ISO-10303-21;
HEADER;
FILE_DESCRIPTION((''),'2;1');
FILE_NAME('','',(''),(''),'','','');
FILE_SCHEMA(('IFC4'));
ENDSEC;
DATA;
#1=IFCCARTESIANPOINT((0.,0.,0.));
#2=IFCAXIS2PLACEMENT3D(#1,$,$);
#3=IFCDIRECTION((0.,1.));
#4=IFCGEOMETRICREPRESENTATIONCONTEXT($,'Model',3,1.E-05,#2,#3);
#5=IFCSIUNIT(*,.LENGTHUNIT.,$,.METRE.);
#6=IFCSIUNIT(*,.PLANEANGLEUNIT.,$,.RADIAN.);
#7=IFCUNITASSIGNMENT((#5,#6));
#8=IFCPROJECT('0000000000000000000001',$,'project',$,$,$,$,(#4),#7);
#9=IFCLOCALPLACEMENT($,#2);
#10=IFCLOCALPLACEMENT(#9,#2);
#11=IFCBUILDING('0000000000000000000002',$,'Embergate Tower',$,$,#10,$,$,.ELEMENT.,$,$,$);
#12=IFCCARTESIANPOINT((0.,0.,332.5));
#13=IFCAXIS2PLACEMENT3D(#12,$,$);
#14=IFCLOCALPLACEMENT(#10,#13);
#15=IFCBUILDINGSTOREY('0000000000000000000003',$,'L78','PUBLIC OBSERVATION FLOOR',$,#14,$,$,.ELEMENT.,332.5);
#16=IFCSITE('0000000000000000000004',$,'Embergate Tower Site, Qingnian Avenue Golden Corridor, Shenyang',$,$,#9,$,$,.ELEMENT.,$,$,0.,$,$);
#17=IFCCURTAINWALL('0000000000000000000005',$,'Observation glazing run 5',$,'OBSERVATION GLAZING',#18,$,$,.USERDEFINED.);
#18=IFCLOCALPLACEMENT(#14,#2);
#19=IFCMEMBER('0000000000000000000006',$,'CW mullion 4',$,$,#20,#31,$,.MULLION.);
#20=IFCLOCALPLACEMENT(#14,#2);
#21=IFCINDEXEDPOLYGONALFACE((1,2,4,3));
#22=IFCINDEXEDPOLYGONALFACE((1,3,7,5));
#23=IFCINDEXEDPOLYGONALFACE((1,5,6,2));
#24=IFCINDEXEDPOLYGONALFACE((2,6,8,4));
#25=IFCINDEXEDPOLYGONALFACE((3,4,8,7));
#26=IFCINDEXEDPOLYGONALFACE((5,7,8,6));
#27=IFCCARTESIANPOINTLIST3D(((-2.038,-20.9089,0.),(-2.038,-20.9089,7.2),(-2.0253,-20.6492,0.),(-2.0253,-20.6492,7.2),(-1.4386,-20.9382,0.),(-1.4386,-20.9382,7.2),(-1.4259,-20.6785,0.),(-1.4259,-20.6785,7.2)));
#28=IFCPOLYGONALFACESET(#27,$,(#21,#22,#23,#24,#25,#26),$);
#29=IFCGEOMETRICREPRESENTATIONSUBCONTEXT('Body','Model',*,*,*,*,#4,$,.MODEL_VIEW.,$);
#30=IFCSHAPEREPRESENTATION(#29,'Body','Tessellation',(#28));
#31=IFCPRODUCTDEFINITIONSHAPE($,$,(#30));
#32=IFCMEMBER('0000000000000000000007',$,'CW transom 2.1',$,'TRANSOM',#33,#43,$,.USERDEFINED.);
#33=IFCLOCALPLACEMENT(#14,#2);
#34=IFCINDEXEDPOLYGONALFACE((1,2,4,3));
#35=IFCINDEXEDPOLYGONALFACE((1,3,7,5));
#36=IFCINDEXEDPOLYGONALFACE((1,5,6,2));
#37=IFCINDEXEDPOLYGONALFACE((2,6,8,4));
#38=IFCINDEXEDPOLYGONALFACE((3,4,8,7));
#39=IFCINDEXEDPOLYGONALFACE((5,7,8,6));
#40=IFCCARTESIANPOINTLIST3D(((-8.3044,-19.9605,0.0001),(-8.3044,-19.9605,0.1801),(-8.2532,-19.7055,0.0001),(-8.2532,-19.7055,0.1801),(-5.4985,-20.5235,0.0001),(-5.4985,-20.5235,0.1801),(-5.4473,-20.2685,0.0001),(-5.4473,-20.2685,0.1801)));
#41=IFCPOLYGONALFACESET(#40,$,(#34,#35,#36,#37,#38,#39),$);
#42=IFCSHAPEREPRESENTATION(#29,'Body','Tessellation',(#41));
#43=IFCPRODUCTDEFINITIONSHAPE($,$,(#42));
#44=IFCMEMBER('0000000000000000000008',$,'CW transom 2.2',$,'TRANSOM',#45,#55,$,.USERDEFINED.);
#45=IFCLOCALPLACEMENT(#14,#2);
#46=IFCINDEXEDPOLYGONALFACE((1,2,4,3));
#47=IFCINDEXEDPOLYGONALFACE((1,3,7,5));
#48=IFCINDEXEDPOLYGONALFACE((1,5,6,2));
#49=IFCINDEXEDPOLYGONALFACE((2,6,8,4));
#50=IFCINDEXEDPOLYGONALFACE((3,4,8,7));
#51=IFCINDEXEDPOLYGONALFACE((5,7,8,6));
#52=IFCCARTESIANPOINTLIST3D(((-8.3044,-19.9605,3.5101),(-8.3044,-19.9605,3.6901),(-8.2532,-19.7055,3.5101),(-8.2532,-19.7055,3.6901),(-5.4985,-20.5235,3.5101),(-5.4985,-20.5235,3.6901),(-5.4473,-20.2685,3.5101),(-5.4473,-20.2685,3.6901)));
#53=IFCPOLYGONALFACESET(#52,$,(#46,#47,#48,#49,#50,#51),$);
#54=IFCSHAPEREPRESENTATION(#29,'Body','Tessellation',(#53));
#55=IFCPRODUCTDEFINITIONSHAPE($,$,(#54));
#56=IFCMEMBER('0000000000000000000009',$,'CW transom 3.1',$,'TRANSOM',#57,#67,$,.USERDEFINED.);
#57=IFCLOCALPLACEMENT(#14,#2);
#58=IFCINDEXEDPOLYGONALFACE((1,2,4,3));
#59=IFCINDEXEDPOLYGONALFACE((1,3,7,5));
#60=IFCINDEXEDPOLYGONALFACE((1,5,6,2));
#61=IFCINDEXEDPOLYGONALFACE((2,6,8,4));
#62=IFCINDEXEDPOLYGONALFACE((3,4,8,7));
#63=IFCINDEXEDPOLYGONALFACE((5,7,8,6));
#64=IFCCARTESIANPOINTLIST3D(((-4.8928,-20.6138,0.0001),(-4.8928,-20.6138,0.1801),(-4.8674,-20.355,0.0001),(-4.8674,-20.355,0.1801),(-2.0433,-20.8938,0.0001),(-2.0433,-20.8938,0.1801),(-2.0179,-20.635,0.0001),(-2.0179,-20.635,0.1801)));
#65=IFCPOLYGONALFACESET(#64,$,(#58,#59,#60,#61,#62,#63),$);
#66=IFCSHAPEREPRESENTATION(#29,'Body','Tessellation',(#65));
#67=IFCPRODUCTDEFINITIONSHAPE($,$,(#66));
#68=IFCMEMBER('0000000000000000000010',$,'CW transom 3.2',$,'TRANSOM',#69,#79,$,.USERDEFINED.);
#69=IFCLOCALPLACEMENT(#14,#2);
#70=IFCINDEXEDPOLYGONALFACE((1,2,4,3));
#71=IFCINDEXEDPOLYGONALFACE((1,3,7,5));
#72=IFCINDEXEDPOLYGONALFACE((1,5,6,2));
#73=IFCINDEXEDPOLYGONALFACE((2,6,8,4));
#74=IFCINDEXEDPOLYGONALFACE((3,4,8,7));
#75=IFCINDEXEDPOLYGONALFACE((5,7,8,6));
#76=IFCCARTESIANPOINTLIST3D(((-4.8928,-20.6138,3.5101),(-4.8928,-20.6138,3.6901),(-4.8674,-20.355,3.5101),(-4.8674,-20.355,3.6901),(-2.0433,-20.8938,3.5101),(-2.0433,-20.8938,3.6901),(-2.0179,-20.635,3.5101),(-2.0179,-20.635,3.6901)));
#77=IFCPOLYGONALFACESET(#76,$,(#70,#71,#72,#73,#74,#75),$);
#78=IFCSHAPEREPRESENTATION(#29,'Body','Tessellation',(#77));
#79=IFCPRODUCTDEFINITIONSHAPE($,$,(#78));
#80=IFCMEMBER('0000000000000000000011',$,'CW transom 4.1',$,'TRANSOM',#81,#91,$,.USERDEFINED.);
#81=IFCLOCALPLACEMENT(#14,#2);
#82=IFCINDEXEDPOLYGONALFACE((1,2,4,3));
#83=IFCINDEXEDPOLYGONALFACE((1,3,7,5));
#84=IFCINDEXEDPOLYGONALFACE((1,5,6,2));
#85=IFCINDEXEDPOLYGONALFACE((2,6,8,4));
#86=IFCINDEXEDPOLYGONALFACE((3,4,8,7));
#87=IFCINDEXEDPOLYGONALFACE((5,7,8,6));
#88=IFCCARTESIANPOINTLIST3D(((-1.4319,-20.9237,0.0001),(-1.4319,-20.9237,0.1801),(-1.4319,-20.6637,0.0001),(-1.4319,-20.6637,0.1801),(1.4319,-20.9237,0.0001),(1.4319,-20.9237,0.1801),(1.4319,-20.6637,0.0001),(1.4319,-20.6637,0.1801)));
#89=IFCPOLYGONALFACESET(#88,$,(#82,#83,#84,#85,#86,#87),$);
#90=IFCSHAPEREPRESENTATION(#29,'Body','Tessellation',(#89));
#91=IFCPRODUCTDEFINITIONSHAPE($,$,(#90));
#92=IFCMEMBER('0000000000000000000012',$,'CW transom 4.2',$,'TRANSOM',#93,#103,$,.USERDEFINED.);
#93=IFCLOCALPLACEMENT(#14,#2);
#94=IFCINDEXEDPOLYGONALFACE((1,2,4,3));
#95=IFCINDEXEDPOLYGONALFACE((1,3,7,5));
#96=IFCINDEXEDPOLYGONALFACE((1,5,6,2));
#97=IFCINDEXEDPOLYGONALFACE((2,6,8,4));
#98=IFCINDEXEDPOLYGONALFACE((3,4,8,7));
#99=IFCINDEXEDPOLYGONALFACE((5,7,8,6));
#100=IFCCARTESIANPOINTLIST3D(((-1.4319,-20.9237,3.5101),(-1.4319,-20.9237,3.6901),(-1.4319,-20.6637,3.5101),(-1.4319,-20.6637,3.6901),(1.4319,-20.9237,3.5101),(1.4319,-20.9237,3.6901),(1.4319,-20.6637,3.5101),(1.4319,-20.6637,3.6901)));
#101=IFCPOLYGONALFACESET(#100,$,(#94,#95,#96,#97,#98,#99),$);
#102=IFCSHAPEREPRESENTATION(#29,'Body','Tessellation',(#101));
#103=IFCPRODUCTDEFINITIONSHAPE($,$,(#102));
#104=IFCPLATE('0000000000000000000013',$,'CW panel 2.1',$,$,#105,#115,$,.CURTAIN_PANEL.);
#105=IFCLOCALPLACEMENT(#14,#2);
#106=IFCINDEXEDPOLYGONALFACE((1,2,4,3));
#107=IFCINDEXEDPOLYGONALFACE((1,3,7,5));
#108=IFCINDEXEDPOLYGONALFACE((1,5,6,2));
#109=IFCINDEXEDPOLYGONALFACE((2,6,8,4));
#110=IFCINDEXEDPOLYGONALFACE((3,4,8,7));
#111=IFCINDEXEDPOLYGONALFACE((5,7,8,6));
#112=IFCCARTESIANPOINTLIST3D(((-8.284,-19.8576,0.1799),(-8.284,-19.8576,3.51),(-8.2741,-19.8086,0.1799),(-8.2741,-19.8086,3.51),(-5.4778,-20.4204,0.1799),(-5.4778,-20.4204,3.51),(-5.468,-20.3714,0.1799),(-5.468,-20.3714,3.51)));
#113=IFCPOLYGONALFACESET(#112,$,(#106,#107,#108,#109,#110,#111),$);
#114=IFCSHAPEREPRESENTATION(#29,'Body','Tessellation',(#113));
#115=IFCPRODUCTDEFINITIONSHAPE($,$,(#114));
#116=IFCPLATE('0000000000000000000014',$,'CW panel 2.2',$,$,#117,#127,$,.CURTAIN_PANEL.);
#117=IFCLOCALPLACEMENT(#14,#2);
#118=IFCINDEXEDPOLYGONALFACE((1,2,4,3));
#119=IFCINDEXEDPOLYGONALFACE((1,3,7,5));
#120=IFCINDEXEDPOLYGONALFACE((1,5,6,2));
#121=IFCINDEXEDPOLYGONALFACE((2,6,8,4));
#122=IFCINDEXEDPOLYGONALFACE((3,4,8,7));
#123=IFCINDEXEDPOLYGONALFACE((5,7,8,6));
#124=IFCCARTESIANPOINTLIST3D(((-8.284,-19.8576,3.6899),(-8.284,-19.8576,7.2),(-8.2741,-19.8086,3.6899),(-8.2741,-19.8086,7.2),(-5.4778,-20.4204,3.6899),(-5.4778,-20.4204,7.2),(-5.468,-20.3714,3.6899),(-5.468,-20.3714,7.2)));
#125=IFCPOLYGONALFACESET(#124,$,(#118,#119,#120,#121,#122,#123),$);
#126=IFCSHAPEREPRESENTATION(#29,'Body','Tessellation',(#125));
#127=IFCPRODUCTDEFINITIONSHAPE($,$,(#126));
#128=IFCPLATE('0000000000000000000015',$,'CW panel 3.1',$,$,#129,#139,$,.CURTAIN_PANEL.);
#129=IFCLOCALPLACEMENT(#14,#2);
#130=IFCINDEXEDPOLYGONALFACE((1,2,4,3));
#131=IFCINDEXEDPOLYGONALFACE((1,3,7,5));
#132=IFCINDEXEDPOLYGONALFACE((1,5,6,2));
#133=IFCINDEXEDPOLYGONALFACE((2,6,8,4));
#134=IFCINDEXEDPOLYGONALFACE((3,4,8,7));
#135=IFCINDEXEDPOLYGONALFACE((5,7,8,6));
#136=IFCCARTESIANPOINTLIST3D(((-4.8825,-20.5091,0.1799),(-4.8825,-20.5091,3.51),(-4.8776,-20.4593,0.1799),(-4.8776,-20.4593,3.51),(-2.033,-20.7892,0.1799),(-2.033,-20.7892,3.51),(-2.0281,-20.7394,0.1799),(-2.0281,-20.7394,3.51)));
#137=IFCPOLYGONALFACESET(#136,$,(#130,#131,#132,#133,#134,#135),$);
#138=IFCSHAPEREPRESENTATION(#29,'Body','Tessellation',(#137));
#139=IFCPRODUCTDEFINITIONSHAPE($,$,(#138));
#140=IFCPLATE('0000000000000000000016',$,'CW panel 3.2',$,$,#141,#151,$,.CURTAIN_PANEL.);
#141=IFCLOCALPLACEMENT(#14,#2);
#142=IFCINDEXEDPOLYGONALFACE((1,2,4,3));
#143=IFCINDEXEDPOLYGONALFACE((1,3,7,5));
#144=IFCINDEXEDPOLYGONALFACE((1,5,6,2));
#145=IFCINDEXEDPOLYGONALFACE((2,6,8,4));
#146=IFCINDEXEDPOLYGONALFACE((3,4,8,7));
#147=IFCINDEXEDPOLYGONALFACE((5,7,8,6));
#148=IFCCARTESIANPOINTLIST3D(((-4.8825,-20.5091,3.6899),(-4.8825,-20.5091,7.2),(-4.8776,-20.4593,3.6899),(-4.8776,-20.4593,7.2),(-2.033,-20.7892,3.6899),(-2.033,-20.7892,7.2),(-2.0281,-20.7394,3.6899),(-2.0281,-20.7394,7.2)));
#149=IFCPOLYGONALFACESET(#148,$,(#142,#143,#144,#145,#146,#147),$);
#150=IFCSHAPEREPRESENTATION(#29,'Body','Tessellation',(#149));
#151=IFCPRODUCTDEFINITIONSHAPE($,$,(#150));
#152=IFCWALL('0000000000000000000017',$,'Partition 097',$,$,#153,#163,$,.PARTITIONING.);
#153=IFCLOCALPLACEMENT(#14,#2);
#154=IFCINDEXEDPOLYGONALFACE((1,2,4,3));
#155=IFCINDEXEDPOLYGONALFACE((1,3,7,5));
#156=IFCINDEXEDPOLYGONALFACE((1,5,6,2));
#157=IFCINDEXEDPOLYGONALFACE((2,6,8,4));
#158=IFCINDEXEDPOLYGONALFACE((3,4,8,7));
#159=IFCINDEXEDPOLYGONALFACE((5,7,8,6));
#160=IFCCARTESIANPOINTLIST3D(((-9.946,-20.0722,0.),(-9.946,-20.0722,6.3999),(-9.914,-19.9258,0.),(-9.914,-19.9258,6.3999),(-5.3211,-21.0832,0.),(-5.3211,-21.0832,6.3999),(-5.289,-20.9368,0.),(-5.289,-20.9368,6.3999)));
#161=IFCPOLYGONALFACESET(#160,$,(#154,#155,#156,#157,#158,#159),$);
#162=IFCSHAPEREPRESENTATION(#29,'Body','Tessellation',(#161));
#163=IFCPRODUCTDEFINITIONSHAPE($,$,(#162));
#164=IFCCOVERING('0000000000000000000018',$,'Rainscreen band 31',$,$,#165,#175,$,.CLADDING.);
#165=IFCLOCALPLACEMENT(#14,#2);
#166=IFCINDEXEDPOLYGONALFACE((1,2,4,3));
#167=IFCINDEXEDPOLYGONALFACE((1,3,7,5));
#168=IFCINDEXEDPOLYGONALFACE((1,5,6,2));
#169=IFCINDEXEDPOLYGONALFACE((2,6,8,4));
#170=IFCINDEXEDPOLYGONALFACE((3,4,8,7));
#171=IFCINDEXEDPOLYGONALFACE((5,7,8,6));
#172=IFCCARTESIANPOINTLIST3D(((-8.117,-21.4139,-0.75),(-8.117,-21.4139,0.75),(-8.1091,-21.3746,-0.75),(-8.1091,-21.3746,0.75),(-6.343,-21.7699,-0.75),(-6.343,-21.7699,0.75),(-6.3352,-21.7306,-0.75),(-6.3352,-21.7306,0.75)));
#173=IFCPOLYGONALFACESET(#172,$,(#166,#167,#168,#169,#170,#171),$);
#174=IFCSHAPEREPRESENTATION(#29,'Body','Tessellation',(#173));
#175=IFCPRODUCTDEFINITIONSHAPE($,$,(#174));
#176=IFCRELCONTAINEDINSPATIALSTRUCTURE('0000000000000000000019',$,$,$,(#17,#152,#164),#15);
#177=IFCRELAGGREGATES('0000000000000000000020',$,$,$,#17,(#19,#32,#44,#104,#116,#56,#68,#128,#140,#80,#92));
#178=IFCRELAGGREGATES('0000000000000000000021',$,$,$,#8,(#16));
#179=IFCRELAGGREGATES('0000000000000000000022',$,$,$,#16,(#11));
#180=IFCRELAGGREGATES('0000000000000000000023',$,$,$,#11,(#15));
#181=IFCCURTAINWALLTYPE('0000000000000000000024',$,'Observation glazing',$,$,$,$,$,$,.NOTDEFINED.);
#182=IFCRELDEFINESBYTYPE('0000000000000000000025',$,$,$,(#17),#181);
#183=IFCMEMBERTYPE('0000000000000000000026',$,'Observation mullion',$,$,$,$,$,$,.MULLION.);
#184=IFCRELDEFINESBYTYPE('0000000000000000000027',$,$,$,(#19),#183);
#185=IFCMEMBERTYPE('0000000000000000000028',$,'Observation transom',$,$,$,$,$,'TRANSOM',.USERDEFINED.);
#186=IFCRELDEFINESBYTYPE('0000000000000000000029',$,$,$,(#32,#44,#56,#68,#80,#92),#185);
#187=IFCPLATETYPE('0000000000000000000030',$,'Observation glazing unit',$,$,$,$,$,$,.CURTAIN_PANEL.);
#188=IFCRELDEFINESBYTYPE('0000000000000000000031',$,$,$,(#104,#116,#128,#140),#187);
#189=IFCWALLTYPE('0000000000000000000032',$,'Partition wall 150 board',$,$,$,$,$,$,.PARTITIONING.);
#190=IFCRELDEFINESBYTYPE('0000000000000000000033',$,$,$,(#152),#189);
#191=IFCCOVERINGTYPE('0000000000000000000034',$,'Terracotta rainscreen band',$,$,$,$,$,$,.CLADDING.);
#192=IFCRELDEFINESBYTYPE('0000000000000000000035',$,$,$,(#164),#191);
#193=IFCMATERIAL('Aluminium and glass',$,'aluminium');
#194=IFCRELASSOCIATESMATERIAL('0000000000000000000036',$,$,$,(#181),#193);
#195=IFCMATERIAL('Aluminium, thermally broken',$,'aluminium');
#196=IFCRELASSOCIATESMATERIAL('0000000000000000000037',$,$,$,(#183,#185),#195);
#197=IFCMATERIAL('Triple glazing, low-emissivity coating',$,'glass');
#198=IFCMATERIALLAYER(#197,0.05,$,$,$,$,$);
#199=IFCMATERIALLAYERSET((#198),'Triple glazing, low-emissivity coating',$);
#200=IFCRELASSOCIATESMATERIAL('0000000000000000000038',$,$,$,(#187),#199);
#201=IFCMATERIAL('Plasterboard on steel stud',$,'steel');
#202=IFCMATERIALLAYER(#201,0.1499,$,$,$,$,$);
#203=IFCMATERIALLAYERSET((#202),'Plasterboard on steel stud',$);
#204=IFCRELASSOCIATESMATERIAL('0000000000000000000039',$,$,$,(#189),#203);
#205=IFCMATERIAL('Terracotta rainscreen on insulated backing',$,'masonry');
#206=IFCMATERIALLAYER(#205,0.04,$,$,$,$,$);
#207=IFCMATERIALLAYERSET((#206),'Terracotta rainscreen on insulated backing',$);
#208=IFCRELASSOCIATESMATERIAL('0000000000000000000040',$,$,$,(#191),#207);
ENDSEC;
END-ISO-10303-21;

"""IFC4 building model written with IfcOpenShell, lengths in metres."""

from ifc_helpers import new_model, si_unit, direction, frame, frame_2d, origin, origin_2d, place, context, subcontext, project, spatial, rectangle, extrude, source, transform, mapped, material, layer, layer_set, material_profile, profile_set, type_object, element, aggregate, save


model = new_model("IFC4")

# Units and contexts
model_context = context("Model", 3, precision=1e-05, world=origin(), true_north=direction((0.0, 1.0)))
body_context = subcontext(model_context, "Body", "Model", "MODEL_VIEW")
ifc_project = project(units=[si_unit("LENGTHUNIT", "METRE"), si_unit("PLANEANGLEUNIT", "RADIAN")], contexts=[model_context])

# Site, building, storey
site_placement = place(None, origin())
site = spatial("IfcSite", under=ifc_project, at=site_placement, Name="Embergate Tower Site, Qingnian Avenue Golden Corridor, Shenyang", CompositionType="ELEMENT", RefElevation=0.0)
building_placement = place(site_placement, origin())
building = spatial("IfcBuilding", under=site, at=building_placement, Name="Embergate Tower", CompositionType="ELEMENT")
storey_placement = place(building_placement, frame((0.0, 0.0, 332.5)))
storey = spatial("IfcBuildingStorey", under=building, at=storey_placement, Name="L78", Description="PUBLIC OBSERVATION FLOOR", CompositionType="ELEMENT", Elevation=332.5)

# Curtain wall, members
ifc_material_1 = material(Name="Aluminium and glass", Category="aluminium")
curtain_wall_type = type_object("IfcCurtainWallType", Name="Observation glazing", PredefinedType="NOTDEFINED", material=ifc_material_1)
curtain_wall_placement = place(storey_placement, origin())
curtain_wall = element("IfcCurtainWall", 1, at=curtain_wall_placement, inside=storey, type_object=curtain_wall_type, Name="Observation glazing run 5", ObjectType="OBSERVATION GLAZING", PredefinedType="USERDEFINED")
ifc_material_2 = material(Name="Aluminium, thermally broken", Category="aluminium")
ifc_material_profile_1 = material_profile(ifc_material_2, rectangle(XDim=0.26, YDim=0.6001, at=origin_2d()), Name="AL 600x260")
ifc_profile_set_1 = profile_set([ifc_material_profile_1], Name="Aluminium, thermally broken")
member_type_1 = type_object("IfcMemberType", Name="Observation mullion", PredefinedType="MULLION", material=ifc_profile_set_1)
shared_shape_1 = source(origin(), body_context, "Body", "SweptSolid", [
    extrude(rectangle(XDim=0.26, YDim=0.6001, at=origin_2d()), origin(), (0.0, 0.0, 1.0), 7.2),
])
member_1_placement = place(storey_placement, frame((-1.7319, -20.7937, 0.0), z_axis=(0.0, 0.0, 1.0), x_axis=(0.04897, 0.9988, 0.0)))
member_1 = element("IfcMember", 2, at=member_1_placement, type_object=member_type_1, Name="CW mullion 4", PredefinedType="MULLION", context=body_context, shape_type="MappedRepresentation", body=[
    mapped(shared_shape_1, transform((0.0, 0.0, 0.0))),
])
ifc_material_profile_2 = material_profile(ifc_material_2, rectangle(XDim=0.26, YDim=0.1799, at=origin_2d()), Name="AL 180x260")
ifc_profile_set_2 = profile_set([ifc_material_profile_2], Name="Aluminium, thermally broken")
member_type_2 = type_object("IfcMemberType", Name="Observation transom", ElementType="TRANSOM", PredefinedType="USERDEFINED", material=ifc_profile_set_2)
shared_shape_2 = source(origin(), body_context, "Body", "SweptSolid", [
    extrude(rectangle(XDim=0.26, YDim=0.1799, at=origin_2d()), origin(), (0.0, 0.0, 1.0), 2.8618),
])
member_2_placement = place(storey_placement, frame((-8.2788, -19.833, 0.0901), z_axis=(0.980459, -0.196723, 0.0), x_axis=(0.196723, 0.980459, 0.0)))
member_2 = element("IfcMember", 3, at=member_2_placement, type_object=member_type_2, Name="CW transom 2.1", ObjectType="TRANSOM", PredefinedType="USERDEFINED", context=body_context, shape_type="MappedRepresentation", body=[
    mapped(shared_shape_2, transform((0.0, 0.0, 0.0))),
])
member_3_placement = place(storey_placement, frame((-8.2788, -19.833, 3.6001), z_axis=(0.980459, -0.196723, 0.0), x_axis=(0.196723, 0.980459, 0.0)))
member_3 = element("IfcMember", 4, at=member_3_placement, type_object=member_type_2, Name="CW transom 2.2", ObjectType="TRANSOM", PredefinedType="USERDEFINED", context=body_context, shape_type="MappedRepresentation", body=[
    mapped(shared_shape_2, transform((0.0, 0.0, 0.0))),
])
shared_shape_3 = source(origin(), body_context, "Body", "SweptSolid", [
    extrude(rectangle(XDim=0.26, YDim=0.1799, at=origin_2d()), origin(), (0.0, 0.0, 1.0), 2.8633),
])
member_4_placement = place(storey_placement, frame((-4.8801, -20.4844, 0.0901), z_axis=(0.995206, -0.097798, 0.0), x_axis=(0.097798, 0.995206, 0.0)))
member_4 = element("IfcMember", 5, at=member_4_placement, type_object=member_type_2, Name="CW transom 3.1", ObjectType="TRANSOM", PredefinedType="USERDEFINED", context=body_context, shape_type="MappedRepresentation", body=[
    mapped(shared_shape_3, transform((0.0, 0.0, 0.0))),
])
member_5_placement = place(storey_placement, frame((-4.8801, -20.4844, 3.6001), z_axis=(0.995206, -0.097798, 0.0), x_axis=(0.097798, 0.995206, 0.0)))
member_5 = element("IfcMember", 6, at=member_5_placement, type_object=member_type_2, Name="CW transom 3.2", ObjectType="TRANSOM", PredefinedType="USERDEFINED", context=body_context, shape_type="MappedRepresentation", body=[
    mapped(shared_shape_3, transform((0.0, 0.0, 0.0))),
])
shared_shape_4 = source(origin(), body_context, "Body", "SweptSolid", [
    extrude(rectangle(XDim=0.26, YDim=0.1799, at=origin_2d()), origin(), (0.0, 0.0, 1.0), 2.8638),
])
member_6_placement = place(storey_placement, frame((-1.4319, -20.7937, 0.0901), z_axis=(1.0, 0.0, 0.0), x_axis=(0.0, 1.0, 0.0)))
member_6 = element("IfcMember", 7, at=member_6_placement, type_object=member_type_2, Name="CW transom 4.1", ObjectType="TRANSOM", PredefinedType="USERDEFINED", context=body_context, shape_type="MappedRepresentation", body=[
    mapped(shared_shape_4, transform((0.0, 0.0, 0.0))),
])
member_7_placement = place(storey_placement, frame((-1.4319, -20.7937, 3.6001), z_axis=(1.0, 0.0, 0.0), x_axis=(0.0, 1.0, 0.0)))
member_7 = element("IfcMember", 8, at=member_7_placement, type_object=member_type_2, Name="CW transom 4.2", ObjectType="TRANSOM", PredefinedType="USERDEFINED", context=body_context, shape_type="MappedRepresentation", body=[
    mapped(shared_shape_4, transform((0.0, 0.0, 0.0))),
])

# Plates
ifc_material_3 = material(Name="Triple glazing, low-emissivity coating", Category="glass")
ifc_layer_1 = layer(ifc_material_3, 0.05)
ifc_layer_set_1 = layer_set([ifc_layer_1], Name="Triple glazing, low-emissivity coating")
plate_type = type_object("IfcPlateType", Name="Observation glazing unit", PredefinedType="CURTAIN_PANEL", material=ifc_layer_set_1)
shared_shape_5 = source(origin(), body_context, "Body", "SweptSolid", [
    extrude(rectangle(XDim=2.8621, YDim=0.05, at=origin_2d()), origin(), (0.0, 0.0, 1.0), 3.3301),
])
plate_1_placement = place(storey_placement, frame((-6.876, -20.1145, 0.1799), z_axis=(0.0, 0.0, 1.0), x_axis=(0.980476, -0.196638, 0.0)))
plate_1 = element("IfcPlate", 9, at=plate_1_placement, type_object=plate_type, Name="CW panel 2.1", PredefinedType="CURTAIN_PANEL", context=body_context, shape_type="MappedRepresentation", body=[
    mapped(shared_shape_5, transform((0.0, 0.0, 0.0))),
])
shared_shape_6 = source(origin(), body_context, "Body", "SweptSolid", [
    extrude(rectangle(XDim=2.8621, YDim=0.05, at=origin_2d()), origin(), (0.0, 0.0, 1.0), 3.51),
])
plate_2_placement = place(storey_placement, frame((-6.876, -20.1145, 3.6899), z_axis=(0.0, 0.0, 1.0), x_axis=(0.980476, -0.196638, 0.0)))
plate_2 = element("IfcPlate", 10, at=plate_2_placement, type_object=plate_type, Name="CW panel 2.2", PredefinedType="CURTAIN_PANEL", context=body_context, shape_type="MappedRepresentation", body=[
    mapped(shared_shape_6, transform((0.0, 0.0, 0.0))),
])
shared_shape_7 = source(origin(), body_context, "Body", "SweptSolid", [
    extrude(rectangle(XDim=2.8633, YDim=0.05, at=origin_2d()), origin(), (0.0, 0.0, 1.0), 3.3301),
])
plate_3_placement = place(storey_placement, frame((-3.4553, -20.6243, 0.1799), z_axis=(0.0, 0.0, 1.0), x_axis=(0.995203, -0.097828, 0.0)))
plate_3 = element("IfcPlate", 11, at=plate_3_placement, type_object=plate_type, Name="CW panel 3.1", PredefinedType="CURTAIN_PANEL", context=body_context, shape_type="MappedRepresentation", body=[
    mapped(shared_shape_7, transform((0.0, 0.0, 0.0))),
])
shared_shape_8 = source(origin(), body_context, "Body", "SweptSolid", [
    extrude(rectangle(XDim=2.8633, YDim=0.05, at=origin_2d()), origin(), (0.0, 0.0, 1.0), 3.51),
])
plate_4_placement = place(storey_placement, frame((-3.4553, -20.6243, 3.6899), z_axis=(0.0, 0.0, 1.0), x_axis=(0.995203, -0.097828, 0.0)))
plate_4 = element("IfcPlate", 12, at=plate_4_placement, type_object=plate_type, Name="CW panel 3.2", PredefinedType="CURTAIN_PANEL", context=body_context, shape_type="MappedRepresentation", body=[
    mapped(shared_shape_8, transform((0.0, 0.0, 0.0))),
])
aggregate(curtain_wall, [member_1, member_2, member_3, plate_1, plate_2, member_4, member_5, plate_3, plate_4, member_6, member_7])

# Wall
ifc_material_4 = material(Name="Plasterboard on steel stud", Category="steel")
ifc_layer_2 = layer(ifc_material_4, 0.1499)
ifc_layer_set_2 = layer_set([ifc_layer_2], Name="Plasterboard on steel stud")
wall_type = type_object("IfcWallType", Name="Partition wall 150 board", PredefinedType="PARTITIONING", material=ifc_layer_set_2)
shared_shape_9 = source(origin(), body_context, "Body", "SweptSolid", [
    extrude(rectangle(XDim=4.7341, YDim=0.1499, at=frame_2d((2.3672, 0.0))), origin(), (0.0, 0.0, 1.0), 6.3999),
])
wall_placement = place(storey_placement, frame((-5.3049, -21.01, 0.0), z_axis=(0.0, 0.0, 1.0), x_axis=(-0.976932, 0.213549, 0.0)))
element("IfcWall", 13, at=wall_placement, inside=storey, type_object=wall_type, Name="Partition 097", PredefinedType="PARTITIONING", context=body_context, shape_type="MappedRepresentation", body=[
    mapped(shared_shape_9, transform((0.0, 0.0, 0.0))),
])

# Covering
ifc_material_5 = material(Name="Terracotta rainscreen on insulated backing", Category="masonry")
ifc_layer_3 = layer(ifc_material_5, 0.04)
ifc_layer_set_3 = layer_set([ifc_layer_3], Name="Terracotta rainscreen on insulated backing")
covering_type = type_object("IfcCoveringType", Name="Terracotta rainscreen band", PredefinedType="CLADDING", material=ifc_layer_set_3)
shared_shape_10 = source(origin(), body_context, "Body", "SweptSolid", [
    extrude(rectangle(XDim=1.8093, YDim=0.04, at=origin_2d()), origin(), (0.0, 0.0, 1.0), 1.5),
])
covering_1_placement = place(storey_placement, frame((-7.2261, -21.5723, -0.75), z_axis=(0.0, 0.0, 1.0), x_axis=(0.980453, -0.196754, 0.0)))
element("IfcCovering", 14, at=covering_1_placement, inside=storey, type_object=covering_type, Name="Rainscreen band 31", PredefinedType="CLADDING", context=body_context, shape_type="MappedRepresentation", body=[
    mapped(shared_shape_10, transform((0.0, 0.0, 0.0))),
])

save(model, "model.ifc")
